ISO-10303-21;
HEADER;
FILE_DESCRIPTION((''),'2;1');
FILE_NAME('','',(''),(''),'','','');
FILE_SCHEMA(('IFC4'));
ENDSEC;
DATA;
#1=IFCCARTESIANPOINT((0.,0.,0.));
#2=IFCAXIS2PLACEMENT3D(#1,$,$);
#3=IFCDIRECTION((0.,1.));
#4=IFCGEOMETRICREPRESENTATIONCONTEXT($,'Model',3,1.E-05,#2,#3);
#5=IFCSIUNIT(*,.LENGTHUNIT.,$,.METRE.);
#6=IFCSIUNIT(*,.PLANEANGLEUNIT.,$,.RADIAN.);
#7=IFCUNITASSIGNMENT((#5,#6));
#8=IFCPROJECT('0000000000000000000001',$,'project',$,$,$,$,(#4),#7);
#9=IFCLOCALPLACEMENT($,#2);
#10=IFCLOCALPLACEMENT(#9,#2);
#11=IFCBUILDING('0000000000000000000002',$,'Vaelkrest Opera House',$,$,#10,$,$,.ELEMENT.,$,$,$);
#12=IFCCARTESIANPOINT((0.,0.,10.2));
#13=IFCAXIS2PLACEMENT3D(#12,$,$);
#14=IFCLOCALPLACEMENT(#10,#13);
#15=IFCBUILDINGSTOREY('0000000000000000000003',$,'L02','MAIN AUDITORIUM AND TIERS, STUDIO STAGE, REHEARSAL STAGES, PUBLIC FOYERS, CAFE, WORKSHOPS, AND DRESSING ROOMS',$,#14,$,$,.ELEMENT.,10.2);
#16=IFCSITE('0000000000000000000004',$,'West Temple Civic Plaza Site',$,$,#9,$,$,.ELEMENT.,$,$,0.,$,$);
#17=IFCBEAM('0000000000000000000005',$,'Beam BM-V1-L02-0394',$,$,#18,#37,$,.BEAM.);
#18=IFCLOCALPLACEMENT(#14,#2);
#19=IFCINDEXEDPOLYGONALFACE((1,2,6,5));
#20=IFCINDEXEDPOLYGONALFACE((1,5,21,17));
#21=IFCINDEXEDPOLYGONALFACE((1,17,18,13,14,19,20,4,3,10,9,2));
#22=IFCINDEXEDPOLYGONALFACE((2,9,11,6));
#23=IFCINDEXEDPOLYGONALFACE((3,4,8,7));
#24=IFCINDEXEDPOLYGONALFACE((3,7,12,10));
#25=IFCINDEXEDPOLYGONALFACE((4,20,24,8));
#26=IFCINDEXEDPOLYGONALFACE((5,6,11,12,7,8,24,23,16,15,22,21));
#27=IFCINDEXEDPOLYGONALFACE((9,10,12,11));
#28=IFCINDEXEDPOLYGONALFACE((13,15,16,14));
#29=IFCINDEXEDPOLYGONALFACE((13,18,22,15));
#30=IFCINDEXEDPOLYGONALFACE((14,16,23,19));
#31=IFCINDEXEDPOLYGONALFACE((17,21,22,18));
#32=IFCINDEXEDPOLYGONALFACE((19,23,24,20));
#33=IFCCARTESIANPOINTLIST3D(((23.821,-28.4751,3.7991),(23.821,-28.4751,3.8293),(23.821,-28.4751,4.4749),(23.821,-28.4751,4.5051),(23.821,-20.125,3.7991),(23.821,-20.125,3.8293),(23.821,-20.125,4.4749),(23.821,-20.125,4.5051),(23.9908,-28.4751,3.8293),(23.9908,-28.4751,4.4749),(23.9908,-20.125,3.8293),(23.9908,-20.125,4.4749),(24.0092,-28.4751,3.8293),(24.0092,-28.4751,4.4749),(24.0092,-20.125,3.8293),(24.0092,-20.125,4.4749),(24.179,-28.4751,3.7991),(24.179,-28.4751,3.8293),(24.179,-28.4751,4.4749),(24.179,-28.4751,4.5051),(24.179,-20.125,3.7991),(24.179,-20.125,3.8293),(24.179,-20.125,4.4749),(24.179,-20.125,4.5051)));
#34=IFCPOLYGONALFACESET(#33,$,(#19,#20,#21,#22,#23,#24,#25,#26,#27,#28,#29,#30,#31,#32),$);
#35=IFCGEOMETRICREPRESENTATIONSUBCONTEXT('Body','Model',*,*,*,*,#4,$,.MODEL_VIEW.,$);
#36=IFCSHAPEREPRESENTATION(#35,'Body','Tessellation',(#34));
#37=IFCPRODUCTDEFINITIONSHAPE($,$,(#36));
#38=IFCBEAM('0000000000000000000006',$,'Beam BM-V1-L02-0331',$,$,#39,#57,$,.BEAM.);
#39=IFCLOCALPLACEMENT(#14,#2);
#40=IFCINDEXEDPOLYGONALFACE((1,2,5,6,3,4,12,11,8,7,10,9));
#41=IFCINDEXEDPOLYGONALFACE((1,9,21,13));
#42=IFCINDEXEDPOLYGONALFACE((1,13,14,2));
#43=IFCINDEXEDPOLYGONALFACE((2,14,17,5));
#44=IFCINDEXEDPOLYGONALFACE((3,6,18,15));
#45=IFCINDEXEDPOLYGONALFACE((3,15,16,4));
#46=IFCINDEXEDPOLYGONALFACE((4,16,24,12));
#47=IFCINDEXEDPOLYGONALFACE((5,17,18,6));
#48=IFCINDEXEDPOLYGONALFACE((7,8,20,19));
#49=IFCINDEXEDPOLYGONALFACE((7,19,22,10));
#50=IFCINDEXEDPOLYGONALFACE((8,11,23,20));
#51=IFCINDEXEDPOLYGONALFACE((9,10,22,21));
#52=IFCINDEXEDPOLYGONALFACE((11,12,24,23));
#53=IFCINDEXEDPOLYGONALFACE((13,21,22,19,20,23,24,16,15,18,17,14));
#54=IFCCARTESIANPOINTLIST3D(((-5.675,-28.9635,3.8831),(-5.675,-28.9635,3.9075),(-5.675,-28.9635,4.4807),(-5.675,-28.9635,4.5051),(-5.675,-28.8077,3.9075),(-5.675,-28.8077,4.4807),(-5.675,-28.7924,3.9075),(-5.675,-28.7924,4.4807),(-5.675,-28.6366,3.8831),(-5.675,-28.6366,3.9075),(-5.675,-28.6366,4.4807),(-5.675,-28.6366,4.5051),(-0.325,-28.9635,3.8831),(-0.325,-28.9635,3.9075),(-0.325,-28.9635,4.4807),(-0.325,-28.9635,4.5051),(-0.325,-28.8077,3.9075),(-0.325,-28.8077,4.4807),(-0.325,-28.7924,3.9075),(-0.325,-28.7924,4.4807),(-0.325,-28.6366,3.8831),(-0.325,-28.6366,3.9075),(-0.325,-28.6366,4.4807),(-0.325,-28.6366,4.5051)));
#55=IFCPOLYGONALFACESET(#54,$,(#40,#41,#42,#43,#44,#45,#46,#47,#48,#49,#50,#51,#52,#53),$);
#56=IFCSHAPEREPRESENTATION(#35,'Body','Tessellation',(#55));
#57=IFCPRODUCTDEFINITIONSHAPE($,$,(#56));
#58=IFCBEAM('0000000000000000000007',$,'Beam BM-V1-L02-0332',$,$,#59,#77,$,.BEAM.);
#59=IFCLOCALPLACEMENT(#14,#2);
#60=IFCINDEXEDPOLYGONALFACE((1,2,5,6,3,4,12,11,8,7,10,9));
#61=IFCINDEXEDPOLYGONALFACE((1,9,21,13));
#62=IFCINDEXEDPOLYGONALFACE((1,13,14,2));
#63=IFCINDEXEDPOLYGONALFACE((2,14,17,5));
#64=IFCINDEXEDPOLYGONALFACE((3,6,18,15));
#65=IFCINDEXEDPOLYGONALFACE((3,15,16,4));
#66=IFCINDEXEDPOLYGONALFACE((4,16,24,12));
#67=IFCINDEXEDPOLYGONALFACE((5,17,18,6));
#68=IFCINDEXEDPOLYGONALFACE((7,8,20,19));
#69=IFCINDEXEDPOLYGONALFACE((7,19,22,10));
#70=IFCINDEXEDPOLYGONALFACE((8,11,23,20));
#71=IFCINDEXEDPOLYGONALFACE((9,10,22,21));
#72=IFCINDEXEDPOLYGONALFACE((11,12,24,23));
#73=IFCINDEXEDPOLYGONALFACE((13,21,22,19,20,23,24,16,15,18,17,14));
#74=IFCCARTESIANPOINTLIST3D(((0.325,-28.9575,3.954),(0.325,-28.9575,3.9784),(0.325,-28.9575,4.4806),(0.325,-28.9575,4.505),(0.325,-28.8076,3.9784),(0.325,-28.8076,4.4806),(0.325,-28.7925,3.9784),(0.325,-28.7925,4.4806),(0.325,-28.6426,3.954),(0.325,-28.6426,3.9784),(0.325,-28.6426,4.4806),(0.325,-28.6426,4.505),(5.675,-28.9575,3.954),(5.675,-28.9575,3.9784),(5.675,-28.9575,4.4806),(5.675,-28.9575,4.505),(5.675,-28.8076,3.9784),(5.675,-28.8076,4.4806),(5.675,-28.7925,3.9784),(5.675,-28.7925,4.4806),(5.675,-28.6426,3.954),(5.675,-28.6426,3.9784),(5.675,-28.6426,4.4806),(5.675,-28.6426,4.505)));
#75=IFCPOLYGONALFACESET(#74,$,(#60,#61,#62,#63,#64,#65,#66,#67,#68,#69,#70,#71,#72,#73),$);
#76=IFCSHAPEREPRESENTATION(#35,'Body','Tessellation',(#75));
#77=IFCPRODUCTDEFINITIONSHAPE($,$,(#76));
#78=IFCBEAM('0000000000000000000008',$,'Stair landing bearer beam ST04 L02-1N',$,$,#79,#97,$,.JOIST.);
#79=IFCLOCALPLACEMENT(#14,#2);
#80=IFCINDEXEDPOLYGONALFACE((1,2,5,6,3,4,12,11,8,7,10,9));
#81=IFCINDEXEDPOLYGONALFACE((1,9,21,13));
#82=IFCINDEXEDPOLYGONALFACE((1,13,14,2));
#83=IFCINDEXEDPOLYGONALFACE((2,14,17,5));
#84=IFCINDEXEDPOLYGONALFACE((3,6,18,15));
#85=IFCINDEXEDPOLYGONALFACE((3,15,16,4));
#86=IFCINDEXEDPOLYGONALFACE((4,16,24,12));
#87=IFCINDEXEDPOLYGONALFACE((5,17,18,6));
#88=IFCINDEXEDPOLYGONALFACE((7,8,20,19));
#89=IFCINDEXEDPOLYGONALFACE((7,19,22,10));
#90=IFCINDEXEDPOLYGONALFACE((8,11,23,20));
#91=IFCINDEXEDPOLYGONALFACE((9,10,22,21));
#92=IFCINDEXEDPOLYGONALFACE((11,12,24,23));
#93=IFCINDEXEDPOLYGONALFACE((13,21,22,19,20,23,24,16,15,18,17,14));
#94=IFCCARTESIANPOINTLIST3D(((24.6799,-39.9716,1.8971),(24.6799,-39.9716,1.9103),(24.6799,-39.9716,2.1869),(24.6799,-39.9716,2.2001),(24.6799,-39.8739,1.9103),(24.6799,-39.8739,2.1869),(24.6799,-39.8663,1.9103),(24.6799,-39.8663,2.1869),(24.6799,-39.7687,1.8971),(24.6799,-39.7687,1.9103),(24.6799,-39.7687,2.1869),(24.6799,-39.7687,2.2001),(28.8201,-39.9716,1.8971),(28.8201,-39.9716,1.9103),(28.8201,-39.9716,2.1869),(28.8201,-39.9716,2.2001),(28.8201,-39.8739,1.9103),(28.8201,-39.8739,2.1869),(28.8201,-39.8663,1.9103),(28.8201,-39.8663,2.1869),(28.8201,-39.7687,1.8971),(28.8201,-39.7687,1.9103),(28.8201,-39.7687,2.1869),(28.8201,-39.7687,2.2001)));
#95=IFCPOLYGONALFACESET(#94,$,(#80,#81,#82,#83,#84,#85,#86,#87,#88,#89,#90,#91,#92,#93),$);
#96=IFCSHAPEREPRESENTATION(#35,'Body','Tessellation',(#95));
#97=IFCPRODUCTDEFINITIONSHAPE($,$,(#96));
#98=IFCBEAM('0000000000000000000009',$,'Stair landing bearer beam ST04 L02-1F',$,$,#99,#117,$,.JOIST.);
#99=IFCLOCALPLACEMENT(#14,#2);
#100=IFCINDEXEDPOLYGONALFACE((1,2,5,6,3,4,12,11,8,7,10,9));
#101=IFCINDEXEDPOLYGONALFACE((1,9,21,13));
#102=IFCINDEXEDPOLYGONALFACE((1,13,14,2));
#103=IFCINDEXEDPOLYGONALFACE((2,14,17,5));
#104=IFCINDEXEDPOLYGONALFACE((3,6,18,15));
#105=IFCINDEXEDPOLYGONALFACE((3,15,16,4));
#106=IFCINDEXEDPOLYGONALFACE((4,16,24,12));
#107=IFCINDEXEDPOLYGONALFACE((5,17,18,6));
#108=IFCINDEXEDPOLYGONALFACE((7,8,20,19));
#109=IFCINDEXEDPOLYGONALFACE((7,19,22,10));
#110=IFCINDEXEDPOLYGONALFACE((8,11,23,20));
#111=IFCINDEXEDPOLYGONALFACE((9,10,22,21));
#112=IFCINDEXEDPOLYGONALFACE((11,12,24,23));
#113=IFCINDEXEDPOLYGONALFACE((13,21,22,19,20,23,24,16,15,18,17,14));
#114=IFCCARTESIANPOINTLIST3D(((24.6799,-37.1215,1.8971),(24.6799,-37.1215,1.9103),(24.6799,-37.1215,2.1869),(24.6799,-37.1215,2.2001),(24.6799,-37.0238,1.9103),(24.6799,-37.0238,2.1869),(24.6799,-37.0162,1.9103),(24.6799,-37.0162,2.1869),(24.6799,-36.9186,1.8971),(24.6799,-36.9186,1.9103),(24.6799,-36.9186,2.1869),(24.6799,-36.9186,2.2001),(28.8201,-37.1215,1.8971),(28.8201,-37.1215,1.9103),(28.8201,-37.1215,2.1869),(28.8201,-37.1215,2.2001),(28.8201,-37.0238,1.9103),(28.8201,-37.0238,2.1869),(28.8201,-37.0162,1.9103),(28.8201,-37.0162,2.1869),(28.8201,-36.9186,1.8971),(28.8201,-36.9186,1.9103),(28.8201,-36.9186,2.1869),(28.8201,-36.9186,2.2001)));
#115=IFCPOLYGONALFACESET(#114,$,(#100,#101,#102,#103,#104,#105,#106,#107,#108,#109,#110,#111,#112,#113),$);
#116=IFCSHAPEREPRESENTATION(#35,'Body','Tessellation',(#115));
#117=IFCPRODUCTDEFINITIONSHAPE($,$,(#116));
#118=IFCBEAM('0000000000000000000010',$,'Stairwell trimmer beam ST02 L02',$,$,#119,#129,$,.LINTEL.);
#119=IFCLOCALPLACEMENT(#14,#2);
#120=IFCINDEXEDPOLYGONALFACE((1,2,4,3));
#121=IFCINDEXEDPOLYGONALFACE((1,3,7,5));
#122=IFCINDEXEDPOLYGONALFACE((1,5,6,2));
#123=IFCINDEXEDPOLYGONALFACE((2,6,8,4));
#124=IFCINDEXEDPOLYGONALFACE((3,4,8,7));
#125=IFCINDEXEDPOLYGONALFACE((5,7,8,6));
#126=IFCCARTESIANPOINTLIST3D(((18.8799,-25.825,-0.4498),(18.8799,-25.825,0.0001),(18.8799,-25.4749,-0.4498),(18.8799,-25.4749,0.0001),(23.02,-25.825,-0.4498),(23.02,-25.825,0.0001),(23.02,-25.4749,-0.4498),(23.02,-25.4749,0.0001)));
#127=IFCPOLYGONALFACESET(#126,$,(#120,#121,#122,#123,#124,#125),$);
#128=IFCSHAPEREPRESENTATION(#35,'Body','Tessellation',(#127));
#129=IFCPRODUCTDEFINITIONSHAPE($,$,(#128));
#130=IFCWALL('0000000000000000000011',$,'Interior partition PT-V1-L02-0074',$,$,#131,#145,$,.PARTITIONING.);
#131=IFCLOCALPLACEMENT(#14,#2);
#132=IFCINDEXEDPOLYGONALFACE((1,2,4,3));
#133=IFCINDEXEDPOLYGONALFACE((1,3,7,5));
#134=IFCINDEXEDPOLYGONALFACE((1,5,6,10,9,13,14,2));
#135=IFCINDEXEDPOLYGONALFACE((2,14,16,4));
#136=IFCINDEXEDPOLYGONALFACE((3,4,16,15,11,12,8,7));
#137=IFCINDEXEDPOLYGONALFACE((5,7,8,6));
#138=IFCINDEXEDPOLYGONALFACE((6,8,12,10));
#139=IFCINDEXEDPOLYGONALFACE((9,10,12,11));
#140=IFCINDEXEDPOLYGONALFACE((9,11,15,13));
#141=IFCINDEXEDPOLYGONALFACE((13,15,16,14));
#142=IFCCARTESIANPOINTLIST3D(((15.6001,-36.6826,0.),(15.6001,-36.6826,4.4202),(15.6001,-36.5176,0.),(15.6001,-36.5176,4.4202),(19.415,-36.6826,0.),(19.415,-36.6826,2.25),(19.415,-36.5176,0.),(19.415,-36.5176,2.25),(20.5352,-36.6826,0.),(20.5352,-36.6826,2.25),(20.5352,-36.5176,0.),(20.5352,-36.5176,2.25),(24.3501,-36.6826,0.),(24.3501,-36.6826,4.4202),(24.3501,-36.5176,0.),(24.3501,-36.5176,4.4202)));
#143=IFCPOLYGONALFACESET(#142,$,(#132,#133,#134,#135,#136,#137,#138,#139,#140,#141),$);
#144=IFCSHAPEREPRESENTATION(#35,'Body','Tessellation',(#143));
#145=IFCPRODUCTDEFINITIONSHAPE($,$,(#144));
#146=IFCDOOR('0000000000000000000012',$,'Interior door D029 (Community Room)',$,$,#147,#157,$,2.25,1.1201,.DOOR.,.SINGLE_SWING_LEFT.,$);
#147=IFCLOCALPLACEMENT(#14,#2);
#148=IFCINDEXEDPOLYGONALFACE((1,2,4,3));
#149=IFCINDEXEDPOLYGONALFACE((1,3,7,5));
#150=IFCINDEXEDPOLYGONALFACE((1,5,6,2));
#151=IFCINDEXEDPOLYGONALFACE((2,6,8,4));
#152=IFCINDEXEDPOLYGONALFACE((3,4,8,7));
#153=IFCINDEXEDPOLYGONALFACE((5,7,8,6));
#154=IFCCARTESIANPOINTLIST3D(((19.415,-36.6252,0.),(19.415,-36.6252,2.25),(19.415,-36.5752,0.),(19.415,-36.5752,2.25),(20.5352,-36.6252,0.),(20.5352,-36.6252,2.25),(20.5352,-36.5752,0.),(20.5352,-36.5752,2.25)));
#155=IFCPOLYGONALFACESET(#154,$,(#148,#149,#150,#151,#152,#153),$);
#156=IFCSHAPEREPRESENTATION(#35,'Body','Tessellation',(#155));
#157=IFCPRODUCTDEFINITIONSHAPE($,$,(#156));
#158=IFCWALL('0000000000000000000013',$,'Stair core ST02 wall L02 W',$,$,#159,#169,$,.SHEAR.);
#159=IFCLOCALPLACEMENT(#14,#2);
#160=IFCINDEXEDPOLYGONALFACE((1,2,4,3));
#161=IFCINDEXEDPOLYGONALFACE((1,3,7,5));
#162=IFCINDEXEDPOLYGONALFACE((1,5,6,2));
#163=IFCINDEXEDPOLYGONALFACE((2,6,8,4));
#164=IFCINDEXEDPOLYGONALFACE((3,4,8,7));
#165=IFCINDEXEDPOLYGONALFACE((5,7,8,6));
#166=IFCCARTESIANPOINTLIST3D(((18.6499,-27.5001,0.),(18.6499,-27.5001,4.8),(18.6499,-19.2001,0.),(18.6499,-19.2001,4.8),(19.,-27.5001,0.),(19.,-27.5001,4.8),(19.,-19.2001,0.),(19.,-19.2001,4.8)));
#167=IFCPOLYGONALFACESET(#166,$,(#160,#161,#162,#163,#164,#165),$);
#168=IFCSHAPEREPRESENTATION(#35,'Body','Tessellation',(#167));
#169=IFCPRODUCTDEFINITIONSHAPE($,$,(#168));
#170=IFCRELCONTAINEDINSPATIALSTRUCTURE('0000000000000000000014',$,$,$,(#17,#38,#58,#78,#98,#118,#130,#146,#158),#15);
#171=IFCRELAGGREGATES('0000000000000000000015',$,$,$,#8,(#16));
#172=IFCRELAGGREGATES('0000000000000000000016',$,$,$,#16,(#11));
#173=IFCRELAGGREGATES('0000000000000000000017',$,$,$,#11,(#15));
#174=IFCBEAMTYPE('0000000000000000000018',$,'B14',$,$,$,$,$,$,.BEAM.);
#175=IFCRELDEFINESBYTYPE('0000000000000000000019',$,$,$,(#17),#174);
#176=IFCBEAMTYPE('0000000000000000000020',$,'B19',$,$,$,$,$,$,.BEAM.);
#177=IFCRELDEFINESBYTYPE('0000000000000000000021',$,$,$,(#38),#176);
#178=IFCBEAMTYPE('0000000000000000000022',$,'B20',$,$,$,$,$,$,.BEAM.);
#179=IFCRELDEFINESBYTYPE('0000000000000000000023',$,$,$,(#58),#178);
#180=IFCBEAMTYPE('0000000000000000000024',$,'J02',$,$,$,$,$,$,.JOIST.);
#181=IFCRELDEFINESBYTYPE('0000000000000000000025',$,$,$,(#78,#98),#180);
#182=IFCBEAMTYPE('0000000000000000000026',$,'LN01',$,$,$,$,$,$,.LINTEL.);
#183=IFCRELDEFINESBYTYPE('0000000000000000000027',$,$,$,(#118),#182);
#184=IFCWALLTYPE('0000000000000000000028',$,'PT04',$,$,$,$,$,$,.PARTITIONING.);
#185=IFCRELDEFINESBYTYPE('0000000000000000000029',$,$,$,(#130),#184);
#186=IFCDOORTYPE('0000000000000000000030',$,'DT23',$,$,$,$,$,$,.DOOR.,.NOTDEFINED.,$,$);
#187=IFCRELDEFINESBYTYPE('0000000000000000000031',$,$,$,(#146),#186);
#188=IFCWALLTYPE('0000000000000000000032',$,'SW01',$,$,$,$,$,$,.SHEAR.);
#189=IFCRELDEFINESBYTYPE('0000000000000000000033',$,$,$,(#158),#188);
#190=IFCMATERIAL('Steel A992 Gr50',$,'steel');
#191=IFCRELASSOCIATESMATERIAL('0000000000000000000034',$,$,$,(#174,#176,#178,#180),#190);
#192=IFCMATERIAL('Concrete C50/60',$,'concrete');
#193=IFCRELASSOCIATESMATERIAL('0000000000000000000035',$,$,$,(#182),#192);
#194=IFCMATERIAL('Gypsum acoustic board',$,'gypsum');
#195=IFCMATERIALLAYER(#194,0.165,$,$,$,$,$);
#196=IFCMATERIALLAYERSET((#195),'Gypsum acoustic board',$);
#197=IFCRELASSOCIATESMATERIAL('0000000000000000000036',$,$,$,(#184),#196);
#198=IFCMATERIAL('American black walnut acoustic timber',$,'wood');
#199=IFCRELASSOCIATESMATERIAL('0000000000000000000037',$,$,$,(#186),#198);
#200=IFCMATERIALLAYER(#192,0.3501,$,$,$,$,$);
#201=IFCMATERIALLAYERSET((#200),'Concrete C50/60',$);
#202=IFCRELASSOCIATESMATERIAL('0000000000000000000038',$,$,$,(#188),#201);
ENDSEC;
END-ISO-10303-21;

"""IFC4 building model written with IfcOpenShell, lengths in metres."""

from ifc_helpers import new_model, si_unit, direction, frame, frame_2d, origin, origin_2d, place, context, subcontext, project, spatial, rectangle, i_section, extrude, material, layer, layer_set, material_profile, profile_set, type_object, element, fill, save


model = new_model("IFC4")

# Units and contexts
model_context = context("Model", 3, precision=1e-05, world=origin(), true_north=direction((0.0, 1.0)))
body_context = subcontext(model_context, "Body", "Model", "MODEL_VIEW")
ifc_project = project(units=[si_unit("LENGTHUNIT", "METRE"), si_unit("PLANEANGLEUNIT", "RADIAN")], contexts=[model_context])

# Site, building, storey
site_placement = place(None, origin())
site = spatial("IfcSite", under=ifc_project, at=site_placement, Name="West Temple Civic Plaza Site", CompositionType="ELEMENT", RefElevation=0.0)
building_placement = place(site_placement, origin())
building = spatial("IfcBuilding", under=site, at=building_placement, Name="Vaelkrest Opera House", CompositionType="ELEMENT")
storey_placement = place(building_placement, frame((0.0, 0.0, 10.2)))
storey = spatial("IfcBuildingStorey", under=building, at=storey_placement, Name="L02", Description="MAIN AUDITORIUM AND TIERS, STUDIO STAGE, REHEARSAL STAGES, PUBLIC FOYERS, CAFE, WORKSHOPS, AND DRESSING ROOMS", CompositionType="ELEMENT", Elevation=10.2)

# Shared definitions
ifc_material_1 = material(Name="Concrete C50/60", Category="concrete")

# Beams
ifc_material_2 = material(Name="Steel A992 Gr50", Category="steel")
ifc_material_profile_1 = material_profile(ifc_material_2, i_section(OverallWidth=0.3579, OverallDepth=0.7061, WebThickness=0.0183, FlangeThickness=0.0303, at=origin_2d()), Name="W27X178")
ifc_profile_set_1 = profile_set([ifc_material_profile_1], Name="Steel A992 Gr50")
beam_type_1 = type_object("IfcBeamType", Name="B14", PredefinedType="BEAM", material=ifc_profile_set_1)
beam_1_placement = place(storey_placement, frame((24.0, -28.4751, 4.1521), z_axis=(0.0, 1.0, 0.0), x_axis=(-1.0, 0.0, 0.0)))
element("IfcBeam", 1, at=beam_1_placement, inside=storey, type_object=beam_type_1, Name="Beam BM-V1-L02-0394", PredefinedType="BEAM", context=body_context, shape_type="SweptSolid", body=[
    extrude(i_section(OverallWidth=0.3579, OverallDepth=0.7061, WebThickness=0.0183, FlangeThickness=0.0303, at=origin_2d()), origin(), (0.0, 0.0, 1.0), 8.3501),
])
ifc_material_profile_2 = material_profile(ifc_material_2, i_section(OverallWidth=0.3269, OverallDepth=0.6221, WebThickness=0.0154, FlangeThickness=0.0244, at=origin_2d()), Name="W24X131")
ifc_profile_set_2 = profile_set([ifc_material_profile_2], Name="Steel A992 Gr50")
beam_type_2 = type_object("IfcBeamType", Name="B19", PredefinedType="BEAM", material=ifc_profile_set_2)
beam_2_placement = place(storey_placement, frame((-5.675, -28.8, 4.1941), z_axis=(1.0, 0.0, 0.0), x_axis=(0.0, 1.0, 0.0)))
element("IfcBeam", 2, at=beam_2_placement, inside=storey, type_object=beam_type_2, Name="Beam BM-V1-L02-0331", PredefinedType="BEAM", context=body_context, shape_type="SweptSolid", body=[
    extrude(i_section(OverallWidth=0.3269, OverallDepth=0.6221, WebThickness=0.0154, FlangeThickness=0.0244, at=origin_2d()), origin(), (0.0, 0.0, 1.0), 5.3501),
])
ifc_material_profile_3 = material_profile(ifc_material_2, i_section(OverallWidth=0.3149, OverallDepth=0.551, WebThickness=0.0151, FlangeThickness=0.0244, at=origin_2d()), Name="W21X122")
ifc_profile_set_3 = profile_set([ifc_material_profile_3], Name="Steel A992 Gr50")
beam_type_3 = type_object("IfcBeamType", Name="B20", PredefinedType="BEAM", material=ifc_profile_set_3)
beam_3_placement = place(storey_placement, frame((0.325, -28.8, 4.2295), z_axis=(1.0, 0.0, 0.0), x_axis=(0.0, 1.0, 0.0)))
element("IfcBeam", 3, at=beam_3_placement, inside=storey, type_object=beam_type_3, Name="Beam BM-V1-L02-0332", PredefinedType="BEAM", context=body_context, shape_type="SweptSolid", body=[
    extrude(i_section(OverallWidth=0.3149, OverallDepth=0.551, WebThickness=0.0151, FlangeThickness=0.0244, at=origin_2d()), origin(), (0.0, 0.0, 1.0), 5.3501),
])
ifc_material_profile_4 = material_profile(ifc_material_2, i_section(OverallWidth=0.2029, OverallDepth=0.303, WebThickness=0.0076, FlangeThickness=0.0132, at=origin_2d()), Name="W12X40")
ifc_profile_set_4 = profile_set([ifc_material_profile_4], Name="Steel A992 Gr50")
beam_type_4 = type_object("IfcBeamType", Name="J02", PredefinedType="JOIST", material=ifc_profile_set_4)
for number, where, z_axis, x_axis, name in (
    (4, (24.6799, -39.8701, 2.0486), (1.0, 0.0, 0.0), (0.0, 1.0, 0.0), "Stair landing bearer beam ST04 L02-1N"),
    (5, (24.6799, -37.02, 2.0486), (1.0, 0.0, 0.0), (0.0, 1.0, 0.0), "Stair landing bearer beam ST04 L02-1F"),
):
    element("IfcBeam", number, at=place(storey_placement, frame(where, z_axis=z_axis, x_axis=x_axis)), inside=storey, type_object=beam_type_4, Name=name, PredefinedType="JOIST", context=body_context, shape_type="SweptSolid", body=[
        extrude(i_section(OverallWidth=0.2029, OverallDepth=0.303, WebThickness=0.0076, FlangeThickness=0.0132, at=origin_2d()), origin(), (0.0, 0.0, 1.0), 4.1401),
    ])
ifc_material_profile_5 = material_profile(ifc_material_1, rectangle(XDim=0.3501, YDim=0.45, at=origin_2d()), Name="RCB350X450")
ifc_profile_set_5 = profile_set([ifc_material_profile_5], Name="Concrete C50/60")
beam_type_5 = type_object("IfcBeamType", Name="LN01", PredefinedType="LINTEL", material=ifc_profile_set_5)
beam_4_placement = place(storey_placement, frame((18.8799, -25.6499, -0.2249), z_axis=(1.0, 0.0, 0.0), x_axis=(0.0, 1.0, 0.0)))
element("IfcBeam", 6, at=beam_4_placement, inside=storey, type_object=beam_type_5, Name="Stairwell trimmer beam ST02 L02", PredefinedType="LINTEL", context=body_context, shape_type="SweptSolid", body=[
    extrude(rectangle(XDim=0.3501, YDim=0.45, at=origin_2d()), origin(), (0.0, 0.0, 1.0), 4.1401),
])

# Wall, opening, door
ifc_material_3 = material(Name="Gypsum acoustic board", Category="gypsum")
ifc_layer_1 = layer(ifc_material_3, 0.165)
ifc_layer_set_1 = layer_set([ifc_layer_1], Name="Gypsum acoustic board")
wall_type_1 = type_object("IfcWallType", Name="PT04", PredefinedType="PARTITIONING", material=ifc_layer_set_1)
wall_1_placement = place(storey_placement, frame((15.6001, -36.6001, 0.0), z_axis=(0.0, 0.0, 1.0), x_axis=(1.0, 0.0, 0.0)))
wall_1 = element("IfcWall", 7, at=wall_1_placement, inside=storey, type_object=wall_type_1, Name="Interior partition PT-V1-L02-0074", PredefinedType="PARTITIONING", context=body_context, shape_type="SweptSolid", body=[
    extrude(rectangle(XDim=8.75, YDim=0.165, at=frame_2d((4.375, 0.0))), origin(), (0.0, 0.0, 1.0), 4.4202),
])
opening_1_placement = place(wall_1_placement, frame((3.8149, 0.0, 0.0)))
opening_1 = element("IfcOpeningElement", 8, at=opening_1_placement, cuts=wall_1, PredefinedType="OPENING", context=body_context, shape_type="SweptSolid", body=[
    extrude(rectangle(XDim=1.1201, YDim=2.25, at=frame_2d((0.5601, 1.125))), frame((0.0, 0.0925, 0.0), z_axis=(0.0, -1.0, 0.0), x_axis=(1.0, 0.0, 0.0)), (0.0, 0.0, 1.0), 0.1851),
])
ifc_material_4 = material(Name="American black walnut acoustic timber", Category="wood")
door_type_1 = type_object("IfcDoorType", Name="DT23", OperationType="NOTDEFINED", PredefinedType="DOOR", material=ifc_material_4)
door_1_placement = place(opening_1_placement, origin())
door_1 = element("IfcDoor", 9, at=door_1_placement, inside=storey, type_object=door_type_1, Name="Interior door D029 (Community Room)", OperationType="SINGLE_SWING_LEFT", OverallHeight=2.25, OverallWidth=1.1201, PredefinedType="DOOR", context=body_context, shape_type="SweptSolid", body=[
    extrude(rectangle(XDim=1.1201, YDim=2.25, at=frame_2d((0.5601, 1.125))), frame((0.0, 0.0249, 0.0), z_axis=(0.0, -1.0, 0.0), x_axis=(1.0, 0.0, 0.0)), (0.0, 0.0, 1.0), 0.05),
])
fill(opening_1, door_1)
ifc_layer_2 = layer(ifc_material_1, 0.3501)
ifc_layer_set_2 = layer_set([ifc_layer_2], Name="Concrete C50/60")
wall_type_2 = type_object("IfcWallType", Name="SW01", PredefinedType="SHEAR", material=ifc_layer_set_2)

# Wall
wall_2_placement = place(storey_placement, frame((18.825, -27.5, 0.0), z_axis=(0.0, 0.0, 1.0), x_axis=(0.0, 1.0, 0.0)))
element("IfcWall", 10, at=wall_2_placement, inside=storey, type_object=wall_type_2, Name="Stair core ST02 wall L02 W", PredefinedType="SHEAR", context=body_context, shape_type="SweptSolid", body=[
    extrude(rectangle(XDim=8.3, YDim=0.3501, at=frame_2d((4.1499, 0.0))), origin(), (0.0, 0.0, 1.0), 4.8),
])

save(model, "model.ifc")
